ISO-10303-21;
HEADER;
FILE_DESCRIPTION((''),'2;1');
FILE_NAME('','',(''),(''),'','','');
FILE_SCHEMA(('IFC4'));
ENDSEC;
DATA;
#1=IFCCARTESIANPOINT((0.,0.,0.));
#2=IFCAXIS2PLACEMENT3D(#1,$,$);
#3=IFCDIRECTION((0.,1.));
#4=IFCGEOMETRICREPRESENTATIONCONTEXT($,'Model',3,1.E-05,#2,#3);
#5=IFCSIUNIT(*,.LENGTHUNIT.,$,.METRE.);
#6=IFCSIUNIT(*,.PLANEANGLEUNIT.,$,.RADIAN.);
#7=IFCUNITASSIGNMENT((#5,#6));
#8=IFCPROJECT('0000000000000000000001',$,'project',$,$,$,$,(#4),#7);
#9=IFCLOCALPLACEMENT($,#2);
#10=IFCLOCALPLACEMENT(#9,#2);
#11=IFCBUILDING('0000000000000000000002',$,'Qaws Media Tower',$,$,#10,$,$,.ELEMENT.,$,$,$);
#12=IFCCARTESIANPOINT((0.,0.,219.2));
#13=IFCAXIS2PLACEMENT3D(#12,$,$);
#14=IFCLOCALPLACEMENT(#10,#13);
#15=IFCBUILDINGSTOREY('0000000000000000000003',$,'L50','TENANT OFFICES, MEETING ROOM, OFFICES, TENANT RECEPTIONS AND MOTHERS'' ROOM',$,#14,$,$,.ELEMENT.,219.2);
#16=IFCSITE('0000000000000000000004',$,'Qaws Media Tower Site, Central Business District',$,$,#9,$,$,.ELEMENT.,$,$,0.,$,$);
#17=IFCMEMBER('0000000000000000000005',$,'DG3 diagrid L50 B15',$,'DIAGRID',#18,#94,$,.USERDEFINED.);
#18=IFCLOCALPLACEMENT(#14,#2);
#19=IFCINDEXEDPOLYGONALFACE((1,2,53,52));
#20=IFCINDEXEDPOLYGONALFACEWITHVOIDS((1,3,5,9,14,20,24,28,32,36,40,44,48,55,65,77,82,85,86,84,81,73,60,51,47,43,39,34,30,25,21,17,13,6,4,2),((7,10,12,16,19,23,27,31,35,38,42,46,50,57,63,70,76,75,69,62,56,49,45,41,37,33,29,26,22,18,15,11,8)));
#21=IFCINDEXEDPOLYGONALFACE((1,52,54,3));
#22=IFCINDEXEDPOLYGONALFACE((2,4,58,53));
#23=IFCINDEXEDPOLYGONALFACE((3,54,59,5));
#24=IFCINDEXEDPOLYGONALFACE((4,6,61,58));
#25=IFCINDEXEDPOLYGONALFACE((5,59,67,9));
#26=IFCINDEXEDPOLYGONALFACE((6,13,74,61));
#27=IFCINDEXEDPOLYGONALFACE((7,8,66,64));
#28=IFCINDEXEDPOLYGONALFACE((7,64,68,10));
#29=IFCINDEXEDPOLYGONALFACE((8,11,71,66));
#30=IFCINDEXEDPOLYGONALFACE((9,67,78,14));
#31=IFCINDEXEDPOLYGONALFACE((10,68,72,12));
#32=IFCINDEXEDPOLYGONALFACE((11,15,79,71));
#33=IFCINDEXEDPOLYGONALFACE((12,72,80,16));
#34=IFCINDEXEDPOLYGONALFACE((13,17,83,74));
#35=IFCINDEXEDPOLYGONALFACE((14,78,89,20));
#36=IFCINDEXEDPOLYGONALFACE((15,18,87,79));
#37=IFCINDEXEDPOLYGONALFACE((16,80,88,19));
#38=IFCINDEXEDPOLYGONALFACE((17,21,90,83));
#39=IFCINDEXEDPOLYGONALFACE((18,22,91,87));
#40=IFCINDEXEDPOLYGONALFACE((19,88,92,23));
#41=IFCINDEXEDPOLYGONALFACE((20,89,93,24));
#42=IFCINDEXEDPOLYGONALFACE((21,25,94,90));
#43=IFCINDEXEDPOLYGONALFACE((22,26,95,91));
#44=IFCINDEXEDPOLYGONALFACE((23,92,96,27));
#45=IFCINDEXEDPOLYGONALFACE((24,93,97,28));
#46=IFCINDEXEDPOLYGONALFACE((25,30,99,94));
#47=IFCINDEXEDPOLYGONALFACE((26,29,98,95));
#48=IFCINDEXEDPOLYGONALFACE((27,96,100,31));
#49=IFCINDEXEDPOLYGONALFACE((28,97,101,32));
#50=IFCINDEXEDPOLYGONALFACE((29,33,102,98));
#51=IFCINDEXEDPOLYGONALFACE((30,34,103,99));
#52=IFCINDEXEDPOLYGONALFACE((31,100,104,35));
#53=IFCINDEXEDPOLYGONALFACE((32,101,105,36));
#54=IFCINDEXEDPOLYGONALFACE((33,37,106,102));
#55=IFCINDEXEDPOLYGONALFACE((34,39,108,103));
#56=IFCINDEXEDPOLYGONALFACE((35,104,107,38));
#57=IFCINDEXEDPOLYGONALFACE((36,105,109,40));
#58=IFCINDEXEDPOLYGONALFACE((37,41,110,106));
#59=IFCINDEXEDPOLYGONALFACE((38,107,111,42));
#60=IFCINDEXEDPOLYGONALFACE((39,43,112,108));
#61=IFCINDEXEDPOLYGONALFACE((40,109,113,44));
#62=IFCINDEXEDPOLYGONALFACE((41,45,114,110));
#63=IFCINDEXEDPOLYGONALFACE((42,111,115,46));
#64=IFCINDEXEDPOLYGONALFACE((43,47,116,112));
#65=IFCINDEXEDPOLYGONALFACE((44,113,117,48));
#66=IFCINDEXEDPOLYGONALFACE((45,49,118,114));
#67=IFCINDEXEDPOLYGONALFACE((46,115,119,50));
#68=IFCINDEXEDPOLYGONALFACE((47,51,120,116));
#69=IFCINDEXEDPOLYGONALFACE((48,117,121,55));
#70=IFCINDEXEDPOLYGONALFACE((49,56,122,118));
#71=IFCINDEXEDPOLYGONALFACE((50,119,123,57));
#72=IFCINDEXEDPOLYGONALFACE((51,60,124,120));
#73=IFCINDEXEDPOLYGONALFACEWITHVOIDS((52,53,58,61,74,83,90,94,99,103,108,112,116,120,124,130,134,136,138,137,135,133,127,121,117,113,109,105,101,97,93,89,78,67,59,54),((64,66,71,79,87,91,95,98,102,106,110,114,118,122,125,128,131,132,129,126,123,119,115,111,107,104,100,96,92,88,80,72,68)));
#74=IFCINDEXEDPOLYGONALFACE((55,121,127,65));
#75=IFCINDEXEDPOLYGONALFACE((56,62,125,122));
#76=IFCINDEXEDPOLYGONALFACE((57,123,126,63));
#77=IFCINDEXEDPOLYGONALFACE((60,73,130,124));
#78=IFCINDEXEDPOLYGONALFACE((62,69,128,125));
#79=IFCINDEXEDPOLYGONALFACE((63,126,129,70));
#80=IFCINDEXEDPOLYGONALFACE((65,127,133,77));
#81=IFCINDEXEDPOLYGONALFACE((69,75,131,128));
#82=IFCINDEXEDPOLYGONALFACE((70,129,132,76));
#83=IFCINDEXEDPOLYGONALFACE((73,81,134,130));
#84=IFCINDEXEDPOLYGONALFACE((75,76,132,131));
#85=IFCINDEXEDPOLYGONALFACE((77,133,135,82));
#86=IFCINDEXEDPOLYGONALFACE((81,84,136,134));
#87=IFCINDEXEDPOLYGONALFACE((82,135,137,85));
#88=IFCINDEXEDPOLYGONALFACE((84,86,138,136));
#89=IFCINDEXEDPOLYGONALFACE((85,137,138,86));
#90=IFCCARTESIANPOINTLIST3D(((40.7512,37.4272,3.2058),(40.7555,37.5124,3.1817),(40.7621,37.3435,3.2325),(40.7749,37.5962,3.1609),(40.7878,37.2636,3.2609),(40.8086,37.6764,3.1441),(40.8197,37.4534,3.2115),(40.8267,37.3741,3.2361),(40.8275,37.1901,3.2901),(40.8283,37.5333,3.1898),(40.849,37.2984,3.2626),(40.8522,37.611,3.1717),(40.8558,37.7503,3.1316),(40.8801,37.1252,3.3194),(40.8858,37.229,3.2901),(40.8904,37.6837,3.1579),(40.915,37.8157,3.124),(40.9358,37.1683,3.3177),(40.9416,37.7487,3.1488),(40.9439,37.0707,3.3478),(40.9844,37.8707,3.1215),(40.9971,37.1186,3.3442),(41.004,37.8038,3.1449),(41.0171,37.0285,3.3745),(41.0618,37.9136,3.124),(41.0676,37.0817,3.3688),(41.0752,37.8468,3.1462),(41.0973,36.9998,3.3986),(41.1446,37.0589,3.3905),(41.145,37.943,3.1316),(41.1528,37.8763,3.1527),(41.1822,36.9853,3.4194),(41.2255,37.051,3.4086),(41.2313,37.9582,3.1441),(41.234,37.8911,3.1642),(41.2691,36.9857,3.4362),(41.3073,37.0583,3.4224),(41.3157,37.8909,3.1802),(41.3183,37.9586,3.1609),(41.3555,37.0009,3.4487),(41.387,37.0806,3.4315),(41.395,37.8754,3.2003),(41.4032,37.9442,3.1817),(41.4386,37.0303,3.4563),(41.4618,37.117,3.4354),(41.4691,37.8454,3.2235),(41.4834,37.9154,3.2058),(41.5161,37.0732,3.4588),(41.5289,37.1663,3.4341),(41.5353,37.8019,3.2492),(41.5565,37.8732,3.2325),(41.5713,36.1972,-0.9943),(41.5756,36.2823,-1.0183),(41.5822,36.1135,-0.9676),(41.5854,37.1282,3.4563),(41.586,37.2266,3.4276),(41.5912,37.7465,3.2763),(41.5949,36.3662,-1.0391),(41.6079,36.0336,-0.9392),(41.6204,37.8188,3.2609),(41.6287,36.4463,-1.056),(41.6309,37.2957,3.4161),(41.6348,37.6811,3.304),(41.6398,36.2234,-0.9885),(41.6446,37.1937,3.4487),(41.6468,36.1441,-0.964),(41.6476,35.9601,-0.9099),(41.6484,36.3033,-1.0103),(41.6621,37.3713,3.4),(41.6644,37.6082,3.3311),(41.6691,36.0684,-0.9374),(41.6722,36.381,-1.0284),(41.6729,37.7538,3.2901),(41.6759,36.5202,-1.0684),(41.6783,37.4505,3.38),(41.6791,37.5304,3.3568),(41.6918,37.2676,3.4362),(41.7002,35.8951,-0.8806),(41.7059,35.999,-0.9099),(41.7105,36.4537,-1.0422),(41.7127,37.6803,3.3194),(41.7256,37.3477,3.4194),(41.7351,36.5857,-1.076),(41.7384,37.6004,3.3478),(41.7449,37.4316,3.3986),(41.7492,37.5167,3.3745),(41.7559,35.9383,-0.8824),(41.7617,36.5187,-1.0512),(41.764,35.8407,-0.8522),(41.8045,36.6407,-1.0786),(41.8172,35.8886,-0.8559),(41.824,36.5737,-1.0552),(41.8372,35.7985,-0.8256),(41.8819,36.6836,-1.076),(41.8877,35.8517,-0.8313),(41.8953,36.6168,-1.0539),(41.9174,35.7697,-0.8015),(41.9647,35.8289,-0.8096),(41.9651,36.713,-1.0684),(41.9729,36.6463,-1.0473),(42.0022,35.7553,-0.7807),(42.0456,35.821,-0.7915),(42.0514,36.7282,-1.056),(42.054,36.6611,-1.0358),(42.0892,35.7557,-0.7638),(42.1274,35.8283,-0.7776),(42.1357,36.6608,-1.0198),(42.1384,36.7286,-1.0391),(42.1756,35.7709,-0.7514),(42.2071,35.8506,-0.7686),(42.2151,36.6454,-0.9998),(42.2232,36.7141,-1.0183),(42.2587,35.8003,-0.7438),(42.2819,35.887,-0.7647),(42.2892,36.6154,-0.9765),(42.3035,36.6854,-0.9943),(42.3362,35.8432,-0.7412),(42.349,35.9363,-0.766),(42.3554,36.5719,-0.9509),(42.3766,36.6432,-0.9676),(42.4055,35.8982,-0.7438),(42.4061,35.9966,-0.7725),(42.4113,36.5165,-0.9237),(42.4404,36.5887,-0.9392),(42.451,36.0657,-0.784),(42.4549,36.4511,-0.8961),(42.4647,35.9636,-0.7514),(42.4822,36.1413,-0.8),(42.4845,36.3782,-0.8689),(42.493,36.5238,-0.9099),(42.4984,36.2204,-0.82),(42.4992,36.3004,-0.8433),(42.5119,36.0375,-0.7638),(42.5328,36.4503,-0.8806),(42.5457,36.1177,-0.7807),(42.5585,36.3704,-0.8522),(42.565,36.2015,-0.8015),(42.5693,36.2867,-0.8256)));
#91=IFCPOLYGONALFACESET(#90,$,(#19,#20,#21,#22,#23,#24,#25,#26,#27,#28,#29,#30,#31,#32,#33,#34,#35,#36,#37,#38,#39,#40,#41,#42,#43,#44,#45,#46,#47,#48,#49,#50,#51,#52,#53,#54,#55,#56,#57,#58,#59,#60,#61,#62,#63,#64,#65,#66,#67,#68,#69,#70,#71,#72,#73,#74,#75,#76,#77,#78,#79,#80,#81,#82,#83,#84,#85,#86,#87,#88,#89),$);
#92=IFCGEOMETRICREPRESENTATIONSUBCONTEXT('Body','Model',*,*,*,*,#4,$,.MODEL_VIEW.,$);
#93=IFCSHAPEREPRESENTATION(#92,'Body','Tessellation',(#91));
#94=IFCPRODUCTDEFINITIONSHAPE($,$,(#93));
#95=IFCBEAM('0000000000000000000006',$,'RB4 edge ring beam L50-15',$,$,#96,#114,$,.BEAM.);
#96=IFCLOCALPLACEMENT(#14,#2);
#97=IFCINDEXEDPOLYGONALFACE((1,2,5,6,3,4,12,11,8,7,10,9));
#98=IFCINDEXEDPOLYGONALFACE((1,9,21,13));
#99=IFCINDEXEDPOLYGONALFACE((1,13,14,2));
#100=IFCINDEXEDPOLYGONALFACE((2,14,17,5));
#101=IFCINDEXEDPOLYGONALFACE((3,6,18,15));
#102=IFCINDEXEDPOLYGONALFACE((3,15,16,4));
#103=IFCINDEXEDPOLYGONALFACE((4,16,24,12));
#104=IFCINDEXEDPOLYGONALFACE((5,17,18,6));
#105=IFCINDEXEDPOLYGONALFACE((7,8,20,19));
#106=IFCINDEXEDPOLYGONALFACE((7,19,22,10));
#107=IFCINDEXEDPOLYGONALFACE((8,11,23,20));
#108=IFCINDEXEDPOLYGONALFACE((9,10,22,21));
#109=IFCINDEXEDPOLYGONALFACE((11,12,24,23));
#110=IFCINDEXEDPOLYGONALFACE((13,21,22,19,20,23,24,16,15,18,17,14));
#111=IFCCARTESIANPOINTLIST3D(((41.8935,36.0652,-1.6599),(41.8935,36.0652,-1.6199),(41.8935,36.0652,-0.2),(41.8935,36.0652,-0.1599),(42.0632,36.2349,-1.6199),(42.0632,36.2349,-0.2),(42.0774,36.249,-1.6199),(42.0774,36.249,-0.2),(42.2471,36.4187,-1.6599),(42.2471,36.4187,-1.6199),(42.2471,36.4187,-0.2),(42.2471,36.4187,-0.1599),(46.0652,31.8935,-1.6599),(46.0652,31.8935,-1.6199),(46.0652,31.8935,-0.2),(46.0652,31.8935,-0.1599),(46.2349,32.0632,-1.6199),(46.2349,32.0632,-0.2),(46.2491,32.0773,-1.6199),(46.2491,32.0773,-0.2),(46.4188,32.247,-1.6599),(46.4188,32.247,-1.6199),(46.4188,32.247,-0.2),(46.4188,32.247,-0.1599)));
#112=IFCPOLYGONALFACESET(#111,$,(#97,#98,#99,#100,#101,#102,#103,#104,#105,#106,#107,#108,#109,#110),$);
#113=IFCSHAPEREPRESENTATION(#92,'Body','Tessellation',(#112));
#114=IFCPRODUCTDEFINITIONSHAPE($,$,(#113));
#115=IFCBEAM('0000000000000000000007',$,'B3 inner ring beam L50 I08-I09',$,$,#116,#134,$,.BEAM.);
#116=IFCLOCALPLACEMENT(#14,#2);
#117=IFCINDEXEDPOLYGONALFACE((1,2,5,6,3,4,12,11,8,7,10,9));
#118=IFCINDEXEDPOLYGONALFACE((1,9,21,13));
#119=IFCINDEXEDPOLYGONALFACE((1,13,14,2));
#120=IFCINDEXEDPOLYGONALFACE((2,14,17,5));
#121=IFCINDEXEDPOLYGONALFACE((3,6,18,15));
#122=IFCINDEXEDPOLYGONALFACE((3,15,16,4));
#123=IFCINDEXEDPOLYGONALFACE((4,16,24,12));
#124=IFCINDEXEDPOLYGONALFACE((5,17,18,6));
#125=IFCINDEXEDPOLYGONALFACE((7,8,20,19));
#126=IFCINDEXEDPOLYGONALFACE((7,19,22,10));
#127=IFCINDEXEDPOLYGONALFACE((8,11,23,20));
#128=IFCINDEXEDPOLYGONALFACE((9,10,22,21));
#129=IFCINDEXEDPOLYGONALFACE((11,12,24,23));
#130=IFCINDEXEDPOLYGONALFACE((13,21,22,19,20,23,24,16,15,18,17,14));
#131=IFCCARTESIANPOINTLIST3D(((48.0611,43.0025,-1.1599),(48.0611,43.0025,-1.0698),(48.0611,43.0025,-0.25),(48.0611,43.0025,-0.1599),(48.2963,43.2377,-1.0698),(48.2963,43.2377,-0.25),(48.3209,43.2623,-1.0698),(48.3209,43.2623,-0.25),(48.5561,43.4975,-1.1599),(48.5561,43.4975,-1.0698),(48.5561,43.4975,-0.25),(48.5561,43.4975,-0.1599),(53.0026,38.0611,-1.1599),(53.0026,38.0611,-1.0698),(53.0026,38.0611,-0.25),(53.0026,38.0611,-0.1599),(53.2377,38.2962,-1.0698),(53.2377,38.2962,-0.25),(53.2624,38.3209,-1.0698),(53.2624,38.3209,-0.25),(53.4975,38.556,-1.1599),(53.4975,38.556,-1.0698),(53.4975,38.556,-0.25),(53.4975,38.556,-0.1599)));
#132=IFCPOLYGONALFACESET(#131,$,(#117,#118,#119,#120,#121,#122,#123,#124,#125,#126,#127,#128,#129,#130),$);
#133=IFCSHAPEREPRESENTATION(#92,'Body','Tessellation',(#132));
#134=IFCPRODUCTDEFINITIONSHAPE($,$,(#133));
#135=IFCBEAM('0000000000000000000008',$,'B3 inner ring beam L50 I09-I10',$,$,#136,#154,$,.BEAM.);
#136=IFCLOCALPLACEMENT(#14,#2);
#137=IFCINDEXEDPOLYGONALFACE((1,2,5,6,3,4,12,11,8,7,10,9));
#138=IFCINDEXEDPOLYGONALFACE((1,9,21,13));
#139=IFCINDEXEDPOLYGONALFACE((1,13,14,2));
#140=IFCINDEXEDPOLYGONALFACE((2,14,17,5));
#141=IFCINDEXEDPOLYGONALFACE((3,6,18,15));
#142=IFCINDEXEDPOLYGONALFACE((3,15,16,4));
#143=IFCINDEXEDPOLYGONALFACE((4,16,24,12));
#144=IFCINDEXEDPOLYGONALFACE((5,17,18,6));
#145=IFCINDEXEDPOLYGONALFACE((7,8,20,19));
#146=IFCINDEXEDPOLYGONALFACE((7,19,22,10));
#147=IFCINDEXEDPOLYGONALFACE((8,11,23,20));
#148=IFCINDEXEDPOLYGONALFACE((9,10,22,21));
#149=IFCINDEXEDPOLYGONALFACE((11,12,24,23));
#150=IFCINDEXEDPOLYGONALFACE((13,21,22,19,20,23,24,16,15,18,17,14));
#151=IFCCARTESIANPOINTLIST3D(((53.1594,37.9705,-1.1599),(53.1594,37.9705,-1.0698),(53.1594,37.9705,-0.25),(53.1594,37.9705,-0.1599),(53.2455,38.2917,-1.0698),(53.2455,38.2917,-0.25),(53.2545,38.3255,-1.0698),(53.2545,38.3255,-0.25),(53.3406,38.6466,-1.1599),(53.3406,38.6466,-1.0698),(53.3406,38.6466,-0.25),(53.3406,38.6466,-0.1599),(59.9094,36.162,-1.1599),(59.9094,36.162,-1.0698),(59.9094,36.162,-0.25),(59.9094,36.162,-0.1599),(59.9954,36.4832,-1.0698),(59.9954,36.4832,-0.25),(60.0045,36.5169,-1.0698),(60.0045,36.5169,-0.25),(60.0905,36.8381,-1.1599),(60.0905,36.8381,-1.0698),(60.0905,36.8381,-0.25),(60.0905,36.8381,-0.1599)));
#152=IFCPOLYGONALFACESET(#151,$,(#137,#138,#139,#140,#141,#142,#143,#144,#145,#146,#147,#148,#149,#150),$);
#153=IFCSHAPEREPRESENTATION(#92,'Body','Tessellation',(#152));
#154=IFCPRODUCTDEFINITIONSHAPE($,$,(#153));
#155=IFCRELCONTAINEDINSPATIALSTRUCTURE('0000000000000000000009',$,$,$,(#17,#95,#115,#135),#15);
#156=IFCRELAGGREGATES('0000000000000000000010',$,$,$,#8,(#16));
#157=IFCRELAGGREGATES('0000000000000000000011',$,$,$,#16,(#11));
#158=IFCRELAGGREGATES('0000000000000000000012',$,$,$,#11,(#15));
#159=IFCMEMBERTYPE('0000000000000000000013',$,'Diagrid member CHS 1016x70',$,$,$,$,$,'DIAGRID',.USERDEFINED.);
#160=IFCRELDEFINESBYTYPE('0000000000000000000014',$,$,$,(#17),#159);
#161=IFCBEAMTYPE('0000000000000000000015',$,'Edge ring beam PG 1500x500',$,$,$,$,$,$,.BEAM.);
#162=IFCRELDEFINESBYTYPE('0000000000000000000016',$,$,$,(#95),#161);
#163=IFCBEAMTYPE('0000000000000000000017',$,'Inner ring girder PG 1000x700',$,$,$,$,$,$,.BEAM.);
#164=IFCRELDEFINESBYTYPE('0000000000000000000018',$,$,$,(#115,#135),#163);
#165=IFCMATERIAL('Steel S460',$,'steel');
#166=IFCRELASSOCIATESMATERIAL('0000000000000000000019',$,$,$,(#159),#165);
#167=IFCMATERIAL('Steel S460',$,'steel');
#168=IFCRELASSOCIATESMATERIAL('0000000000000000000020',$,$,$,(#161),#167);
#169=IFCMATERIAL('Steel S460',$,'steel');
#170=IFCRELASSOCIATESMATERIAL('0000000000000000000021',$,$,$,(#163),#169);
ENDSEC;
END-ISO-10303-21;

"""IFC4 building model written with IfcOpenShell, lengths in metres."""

from ifc_helpers import new_model, si_unit, direction, frame, origin, origin_2d, place, context, subcontext, project, spatial, hollow_circle, i_section, extrude, material, material_profile, profile_set, type_object, element, save


model = new_model("IFC4")

# Units and contexts
model_context = context("Model", 3, precision=1e-05, world=origin(), true_north=direction((0.0, 1.0)))
body_context = subcontext(model_context, "Body", "Model", "MODEL_VIEW")
ifc_project = project(units=[si_unit("LENGTHUNIT", "METRE"), si_unit("PLANEANGLEUNIT", "RADIAN")], contexts=[model_context])

# Site, building, storey
site_placement = place(None, origin())
site = spatial("IfcSite", under=ifc_project, at=site_placement, Name="Qaws Media Tower Site, Central Business District", CompositionType="ELEMENT", RefElevation=0.0)
building_placement = place(site_placement, origin())
building = spatial("IfcBuilding", under=site, at=building_placement, Name="Qaws Media Tower", CompositionType="ELEMENT")
storey_placement = place(building_placement, frame((0.0, 0.0, 219.2)))
storey = spatial("IfcBuildingStorey", under=building, at=storey_placement, Name="L50", Description="TENANT OFFICES, MEETING ROOM, OFFICES, TENANT RECEPTIONS AND MOTHERS' ROOM", CompositionType="ELEMENT", Elevation=219.2)

# Member
ifc_material_1 = material(Name="Steel S460", Category="steel")
ifc_material_profile_1 = material_profile(ifc_material_1, hollow_circle(Radius=0.5081, WallThickness=0.0701, at=origin_2d()), Name="CHS 1016x70")
ifc_profile_set_1 = profile_set([ifc_material_profile_1], Name="Steel S460")
member_type_1 = type_object("IfcMemberType", Name="Diagrid member CHS 1016x70", ElementType="DIAGRID", PredefinedType="USERDEFINED", material=ifc_profile_set_1)
member_1_placement = place(storey_placement, frame((42.0703, 36.2419, -0.9099), z_axis=(-0.184181, 0.276244, 0.943275), x_axis=(-0.832025, -0.554738, 0.0)))
element("IfcMember", 1, at=member_1_placement, inside=storey, type_object=member_type_1, Name="DG3 diagrid L50 B15", ObjectType="DIAGRID", PredefinedType="USERDEFINED", context=body_context, shape_type="SweptSolid", body=[
    extrude(hollow_circle(Radius=0.5081, WallThickness=0.0701, at=origin_2d()), origin(), (0.0, 0.0, 1.0), 4.4526),
])

# Beams
ifc_material_2 = material(Name="Steel S460", Category="steel")
ifc_material_profile_2 = material_profile(ifc_material_2, i_section(OverallWidth=0.5, OverallDepth=1.5, WebThickness=0.02, FlangeThickness=0.04, at=origin_2d()), Name="PG 1500x500")
ifc_profile_set_2 = profile_set([ifc_material_profile_2], Name="Steel S460")
beam_type_1 = type_object("IfcBeamType", Name="Edge ring beam PG 1500x500", PredefinedType="BEAM", material=ifc_profile_set_2)
beam_1_placement = place(storey_placement, frame((42.0703, 36.2419, -0.9099), z_axis=(0.707107, -0.707107, 0.0), x_axis=(0.707107, 0.707107, 0.0)))
element("IfcBeam", 2, at=beam_1_placement, inside=storey, type_object=beam_type_1, Name="RB4 edge ring beam L50-15", PredefinedType="BEAM", context=body_context, shape_type="SweptSolid", body=[
    extrude(i_section(OverallWidth=0.5, OverallDepth=1.5, WebThickness=0.02, FlangeThickness=0.04, at=origin_2d()), origin(), (0.0, 0.0, 1.0), 5.8997),
])
ifc_material_3 = material(Name="Steel S460", Category="steel")
ifc_material_profile_3 = material_profile(ifc_material_3, i_section(OverallWidth=0.7, OverallDepth=1.0, WebThickness=0.0349, FlangeThickness=0.0901, at=origin_2d()), Name="PG 1000x700")
ifc_profile_set_3 = profile_set([ifc_material_profile_3], Name="Steel S460")
beam_type_2 = type_object("IfcBeamType", Name="Inner ring girder PG 1000x700", PredefinedType="BEAM", material=ifc_profile_set_3)
beam_2_placement = place(storey_placement, frame((48.3086, 43.25, -0.6599), z_axis=(0.707107, -0.707107, 0.0), x_axis=(0.707107, 0.707107, 0.0)))
element("IfcBeam", 3, at=beam_2_placement, inside=storey, type_object=beam_type_2, Name="B3 inner ring beam L50 I08-I09", PredefinedType="BEAM", context=body_context, shape_type="SweptSolid", body=[
    extrude(i_section(OverallWidth=0.7, OverallDepth=1.0, WebThickness=0.0349, FlangeThickness=0.0901, at=origin_2d()), origin(), (0.0, 0.0, 1.0), 6.9883),
])
beam_3_placement = place(storey_placement, frame((53.25, 38.3086, -0.6599), z_axis=(0.965928, -0.258811, 0.0), x_axis=(0.258811, 0.965928, 0.0)))
element("IfcBeam", 4, at=beam_3_placement, inside=storey, type_object=beam_type_2, Name="B3 inner ring beam L50 I09-I10", PredefinedType="BEAM", context=body_context, shape_type="SweptSolid", body=[
    extrude(i_section(OverallWidth=0.7, OverallDepth=1.0, WebThickness=0.0349, FlangeThickness=0.0901, at=origin_2d()), origin(), (0.0, 0.0, 1.0), 6.988),
])

save(model, "model.ifc")
